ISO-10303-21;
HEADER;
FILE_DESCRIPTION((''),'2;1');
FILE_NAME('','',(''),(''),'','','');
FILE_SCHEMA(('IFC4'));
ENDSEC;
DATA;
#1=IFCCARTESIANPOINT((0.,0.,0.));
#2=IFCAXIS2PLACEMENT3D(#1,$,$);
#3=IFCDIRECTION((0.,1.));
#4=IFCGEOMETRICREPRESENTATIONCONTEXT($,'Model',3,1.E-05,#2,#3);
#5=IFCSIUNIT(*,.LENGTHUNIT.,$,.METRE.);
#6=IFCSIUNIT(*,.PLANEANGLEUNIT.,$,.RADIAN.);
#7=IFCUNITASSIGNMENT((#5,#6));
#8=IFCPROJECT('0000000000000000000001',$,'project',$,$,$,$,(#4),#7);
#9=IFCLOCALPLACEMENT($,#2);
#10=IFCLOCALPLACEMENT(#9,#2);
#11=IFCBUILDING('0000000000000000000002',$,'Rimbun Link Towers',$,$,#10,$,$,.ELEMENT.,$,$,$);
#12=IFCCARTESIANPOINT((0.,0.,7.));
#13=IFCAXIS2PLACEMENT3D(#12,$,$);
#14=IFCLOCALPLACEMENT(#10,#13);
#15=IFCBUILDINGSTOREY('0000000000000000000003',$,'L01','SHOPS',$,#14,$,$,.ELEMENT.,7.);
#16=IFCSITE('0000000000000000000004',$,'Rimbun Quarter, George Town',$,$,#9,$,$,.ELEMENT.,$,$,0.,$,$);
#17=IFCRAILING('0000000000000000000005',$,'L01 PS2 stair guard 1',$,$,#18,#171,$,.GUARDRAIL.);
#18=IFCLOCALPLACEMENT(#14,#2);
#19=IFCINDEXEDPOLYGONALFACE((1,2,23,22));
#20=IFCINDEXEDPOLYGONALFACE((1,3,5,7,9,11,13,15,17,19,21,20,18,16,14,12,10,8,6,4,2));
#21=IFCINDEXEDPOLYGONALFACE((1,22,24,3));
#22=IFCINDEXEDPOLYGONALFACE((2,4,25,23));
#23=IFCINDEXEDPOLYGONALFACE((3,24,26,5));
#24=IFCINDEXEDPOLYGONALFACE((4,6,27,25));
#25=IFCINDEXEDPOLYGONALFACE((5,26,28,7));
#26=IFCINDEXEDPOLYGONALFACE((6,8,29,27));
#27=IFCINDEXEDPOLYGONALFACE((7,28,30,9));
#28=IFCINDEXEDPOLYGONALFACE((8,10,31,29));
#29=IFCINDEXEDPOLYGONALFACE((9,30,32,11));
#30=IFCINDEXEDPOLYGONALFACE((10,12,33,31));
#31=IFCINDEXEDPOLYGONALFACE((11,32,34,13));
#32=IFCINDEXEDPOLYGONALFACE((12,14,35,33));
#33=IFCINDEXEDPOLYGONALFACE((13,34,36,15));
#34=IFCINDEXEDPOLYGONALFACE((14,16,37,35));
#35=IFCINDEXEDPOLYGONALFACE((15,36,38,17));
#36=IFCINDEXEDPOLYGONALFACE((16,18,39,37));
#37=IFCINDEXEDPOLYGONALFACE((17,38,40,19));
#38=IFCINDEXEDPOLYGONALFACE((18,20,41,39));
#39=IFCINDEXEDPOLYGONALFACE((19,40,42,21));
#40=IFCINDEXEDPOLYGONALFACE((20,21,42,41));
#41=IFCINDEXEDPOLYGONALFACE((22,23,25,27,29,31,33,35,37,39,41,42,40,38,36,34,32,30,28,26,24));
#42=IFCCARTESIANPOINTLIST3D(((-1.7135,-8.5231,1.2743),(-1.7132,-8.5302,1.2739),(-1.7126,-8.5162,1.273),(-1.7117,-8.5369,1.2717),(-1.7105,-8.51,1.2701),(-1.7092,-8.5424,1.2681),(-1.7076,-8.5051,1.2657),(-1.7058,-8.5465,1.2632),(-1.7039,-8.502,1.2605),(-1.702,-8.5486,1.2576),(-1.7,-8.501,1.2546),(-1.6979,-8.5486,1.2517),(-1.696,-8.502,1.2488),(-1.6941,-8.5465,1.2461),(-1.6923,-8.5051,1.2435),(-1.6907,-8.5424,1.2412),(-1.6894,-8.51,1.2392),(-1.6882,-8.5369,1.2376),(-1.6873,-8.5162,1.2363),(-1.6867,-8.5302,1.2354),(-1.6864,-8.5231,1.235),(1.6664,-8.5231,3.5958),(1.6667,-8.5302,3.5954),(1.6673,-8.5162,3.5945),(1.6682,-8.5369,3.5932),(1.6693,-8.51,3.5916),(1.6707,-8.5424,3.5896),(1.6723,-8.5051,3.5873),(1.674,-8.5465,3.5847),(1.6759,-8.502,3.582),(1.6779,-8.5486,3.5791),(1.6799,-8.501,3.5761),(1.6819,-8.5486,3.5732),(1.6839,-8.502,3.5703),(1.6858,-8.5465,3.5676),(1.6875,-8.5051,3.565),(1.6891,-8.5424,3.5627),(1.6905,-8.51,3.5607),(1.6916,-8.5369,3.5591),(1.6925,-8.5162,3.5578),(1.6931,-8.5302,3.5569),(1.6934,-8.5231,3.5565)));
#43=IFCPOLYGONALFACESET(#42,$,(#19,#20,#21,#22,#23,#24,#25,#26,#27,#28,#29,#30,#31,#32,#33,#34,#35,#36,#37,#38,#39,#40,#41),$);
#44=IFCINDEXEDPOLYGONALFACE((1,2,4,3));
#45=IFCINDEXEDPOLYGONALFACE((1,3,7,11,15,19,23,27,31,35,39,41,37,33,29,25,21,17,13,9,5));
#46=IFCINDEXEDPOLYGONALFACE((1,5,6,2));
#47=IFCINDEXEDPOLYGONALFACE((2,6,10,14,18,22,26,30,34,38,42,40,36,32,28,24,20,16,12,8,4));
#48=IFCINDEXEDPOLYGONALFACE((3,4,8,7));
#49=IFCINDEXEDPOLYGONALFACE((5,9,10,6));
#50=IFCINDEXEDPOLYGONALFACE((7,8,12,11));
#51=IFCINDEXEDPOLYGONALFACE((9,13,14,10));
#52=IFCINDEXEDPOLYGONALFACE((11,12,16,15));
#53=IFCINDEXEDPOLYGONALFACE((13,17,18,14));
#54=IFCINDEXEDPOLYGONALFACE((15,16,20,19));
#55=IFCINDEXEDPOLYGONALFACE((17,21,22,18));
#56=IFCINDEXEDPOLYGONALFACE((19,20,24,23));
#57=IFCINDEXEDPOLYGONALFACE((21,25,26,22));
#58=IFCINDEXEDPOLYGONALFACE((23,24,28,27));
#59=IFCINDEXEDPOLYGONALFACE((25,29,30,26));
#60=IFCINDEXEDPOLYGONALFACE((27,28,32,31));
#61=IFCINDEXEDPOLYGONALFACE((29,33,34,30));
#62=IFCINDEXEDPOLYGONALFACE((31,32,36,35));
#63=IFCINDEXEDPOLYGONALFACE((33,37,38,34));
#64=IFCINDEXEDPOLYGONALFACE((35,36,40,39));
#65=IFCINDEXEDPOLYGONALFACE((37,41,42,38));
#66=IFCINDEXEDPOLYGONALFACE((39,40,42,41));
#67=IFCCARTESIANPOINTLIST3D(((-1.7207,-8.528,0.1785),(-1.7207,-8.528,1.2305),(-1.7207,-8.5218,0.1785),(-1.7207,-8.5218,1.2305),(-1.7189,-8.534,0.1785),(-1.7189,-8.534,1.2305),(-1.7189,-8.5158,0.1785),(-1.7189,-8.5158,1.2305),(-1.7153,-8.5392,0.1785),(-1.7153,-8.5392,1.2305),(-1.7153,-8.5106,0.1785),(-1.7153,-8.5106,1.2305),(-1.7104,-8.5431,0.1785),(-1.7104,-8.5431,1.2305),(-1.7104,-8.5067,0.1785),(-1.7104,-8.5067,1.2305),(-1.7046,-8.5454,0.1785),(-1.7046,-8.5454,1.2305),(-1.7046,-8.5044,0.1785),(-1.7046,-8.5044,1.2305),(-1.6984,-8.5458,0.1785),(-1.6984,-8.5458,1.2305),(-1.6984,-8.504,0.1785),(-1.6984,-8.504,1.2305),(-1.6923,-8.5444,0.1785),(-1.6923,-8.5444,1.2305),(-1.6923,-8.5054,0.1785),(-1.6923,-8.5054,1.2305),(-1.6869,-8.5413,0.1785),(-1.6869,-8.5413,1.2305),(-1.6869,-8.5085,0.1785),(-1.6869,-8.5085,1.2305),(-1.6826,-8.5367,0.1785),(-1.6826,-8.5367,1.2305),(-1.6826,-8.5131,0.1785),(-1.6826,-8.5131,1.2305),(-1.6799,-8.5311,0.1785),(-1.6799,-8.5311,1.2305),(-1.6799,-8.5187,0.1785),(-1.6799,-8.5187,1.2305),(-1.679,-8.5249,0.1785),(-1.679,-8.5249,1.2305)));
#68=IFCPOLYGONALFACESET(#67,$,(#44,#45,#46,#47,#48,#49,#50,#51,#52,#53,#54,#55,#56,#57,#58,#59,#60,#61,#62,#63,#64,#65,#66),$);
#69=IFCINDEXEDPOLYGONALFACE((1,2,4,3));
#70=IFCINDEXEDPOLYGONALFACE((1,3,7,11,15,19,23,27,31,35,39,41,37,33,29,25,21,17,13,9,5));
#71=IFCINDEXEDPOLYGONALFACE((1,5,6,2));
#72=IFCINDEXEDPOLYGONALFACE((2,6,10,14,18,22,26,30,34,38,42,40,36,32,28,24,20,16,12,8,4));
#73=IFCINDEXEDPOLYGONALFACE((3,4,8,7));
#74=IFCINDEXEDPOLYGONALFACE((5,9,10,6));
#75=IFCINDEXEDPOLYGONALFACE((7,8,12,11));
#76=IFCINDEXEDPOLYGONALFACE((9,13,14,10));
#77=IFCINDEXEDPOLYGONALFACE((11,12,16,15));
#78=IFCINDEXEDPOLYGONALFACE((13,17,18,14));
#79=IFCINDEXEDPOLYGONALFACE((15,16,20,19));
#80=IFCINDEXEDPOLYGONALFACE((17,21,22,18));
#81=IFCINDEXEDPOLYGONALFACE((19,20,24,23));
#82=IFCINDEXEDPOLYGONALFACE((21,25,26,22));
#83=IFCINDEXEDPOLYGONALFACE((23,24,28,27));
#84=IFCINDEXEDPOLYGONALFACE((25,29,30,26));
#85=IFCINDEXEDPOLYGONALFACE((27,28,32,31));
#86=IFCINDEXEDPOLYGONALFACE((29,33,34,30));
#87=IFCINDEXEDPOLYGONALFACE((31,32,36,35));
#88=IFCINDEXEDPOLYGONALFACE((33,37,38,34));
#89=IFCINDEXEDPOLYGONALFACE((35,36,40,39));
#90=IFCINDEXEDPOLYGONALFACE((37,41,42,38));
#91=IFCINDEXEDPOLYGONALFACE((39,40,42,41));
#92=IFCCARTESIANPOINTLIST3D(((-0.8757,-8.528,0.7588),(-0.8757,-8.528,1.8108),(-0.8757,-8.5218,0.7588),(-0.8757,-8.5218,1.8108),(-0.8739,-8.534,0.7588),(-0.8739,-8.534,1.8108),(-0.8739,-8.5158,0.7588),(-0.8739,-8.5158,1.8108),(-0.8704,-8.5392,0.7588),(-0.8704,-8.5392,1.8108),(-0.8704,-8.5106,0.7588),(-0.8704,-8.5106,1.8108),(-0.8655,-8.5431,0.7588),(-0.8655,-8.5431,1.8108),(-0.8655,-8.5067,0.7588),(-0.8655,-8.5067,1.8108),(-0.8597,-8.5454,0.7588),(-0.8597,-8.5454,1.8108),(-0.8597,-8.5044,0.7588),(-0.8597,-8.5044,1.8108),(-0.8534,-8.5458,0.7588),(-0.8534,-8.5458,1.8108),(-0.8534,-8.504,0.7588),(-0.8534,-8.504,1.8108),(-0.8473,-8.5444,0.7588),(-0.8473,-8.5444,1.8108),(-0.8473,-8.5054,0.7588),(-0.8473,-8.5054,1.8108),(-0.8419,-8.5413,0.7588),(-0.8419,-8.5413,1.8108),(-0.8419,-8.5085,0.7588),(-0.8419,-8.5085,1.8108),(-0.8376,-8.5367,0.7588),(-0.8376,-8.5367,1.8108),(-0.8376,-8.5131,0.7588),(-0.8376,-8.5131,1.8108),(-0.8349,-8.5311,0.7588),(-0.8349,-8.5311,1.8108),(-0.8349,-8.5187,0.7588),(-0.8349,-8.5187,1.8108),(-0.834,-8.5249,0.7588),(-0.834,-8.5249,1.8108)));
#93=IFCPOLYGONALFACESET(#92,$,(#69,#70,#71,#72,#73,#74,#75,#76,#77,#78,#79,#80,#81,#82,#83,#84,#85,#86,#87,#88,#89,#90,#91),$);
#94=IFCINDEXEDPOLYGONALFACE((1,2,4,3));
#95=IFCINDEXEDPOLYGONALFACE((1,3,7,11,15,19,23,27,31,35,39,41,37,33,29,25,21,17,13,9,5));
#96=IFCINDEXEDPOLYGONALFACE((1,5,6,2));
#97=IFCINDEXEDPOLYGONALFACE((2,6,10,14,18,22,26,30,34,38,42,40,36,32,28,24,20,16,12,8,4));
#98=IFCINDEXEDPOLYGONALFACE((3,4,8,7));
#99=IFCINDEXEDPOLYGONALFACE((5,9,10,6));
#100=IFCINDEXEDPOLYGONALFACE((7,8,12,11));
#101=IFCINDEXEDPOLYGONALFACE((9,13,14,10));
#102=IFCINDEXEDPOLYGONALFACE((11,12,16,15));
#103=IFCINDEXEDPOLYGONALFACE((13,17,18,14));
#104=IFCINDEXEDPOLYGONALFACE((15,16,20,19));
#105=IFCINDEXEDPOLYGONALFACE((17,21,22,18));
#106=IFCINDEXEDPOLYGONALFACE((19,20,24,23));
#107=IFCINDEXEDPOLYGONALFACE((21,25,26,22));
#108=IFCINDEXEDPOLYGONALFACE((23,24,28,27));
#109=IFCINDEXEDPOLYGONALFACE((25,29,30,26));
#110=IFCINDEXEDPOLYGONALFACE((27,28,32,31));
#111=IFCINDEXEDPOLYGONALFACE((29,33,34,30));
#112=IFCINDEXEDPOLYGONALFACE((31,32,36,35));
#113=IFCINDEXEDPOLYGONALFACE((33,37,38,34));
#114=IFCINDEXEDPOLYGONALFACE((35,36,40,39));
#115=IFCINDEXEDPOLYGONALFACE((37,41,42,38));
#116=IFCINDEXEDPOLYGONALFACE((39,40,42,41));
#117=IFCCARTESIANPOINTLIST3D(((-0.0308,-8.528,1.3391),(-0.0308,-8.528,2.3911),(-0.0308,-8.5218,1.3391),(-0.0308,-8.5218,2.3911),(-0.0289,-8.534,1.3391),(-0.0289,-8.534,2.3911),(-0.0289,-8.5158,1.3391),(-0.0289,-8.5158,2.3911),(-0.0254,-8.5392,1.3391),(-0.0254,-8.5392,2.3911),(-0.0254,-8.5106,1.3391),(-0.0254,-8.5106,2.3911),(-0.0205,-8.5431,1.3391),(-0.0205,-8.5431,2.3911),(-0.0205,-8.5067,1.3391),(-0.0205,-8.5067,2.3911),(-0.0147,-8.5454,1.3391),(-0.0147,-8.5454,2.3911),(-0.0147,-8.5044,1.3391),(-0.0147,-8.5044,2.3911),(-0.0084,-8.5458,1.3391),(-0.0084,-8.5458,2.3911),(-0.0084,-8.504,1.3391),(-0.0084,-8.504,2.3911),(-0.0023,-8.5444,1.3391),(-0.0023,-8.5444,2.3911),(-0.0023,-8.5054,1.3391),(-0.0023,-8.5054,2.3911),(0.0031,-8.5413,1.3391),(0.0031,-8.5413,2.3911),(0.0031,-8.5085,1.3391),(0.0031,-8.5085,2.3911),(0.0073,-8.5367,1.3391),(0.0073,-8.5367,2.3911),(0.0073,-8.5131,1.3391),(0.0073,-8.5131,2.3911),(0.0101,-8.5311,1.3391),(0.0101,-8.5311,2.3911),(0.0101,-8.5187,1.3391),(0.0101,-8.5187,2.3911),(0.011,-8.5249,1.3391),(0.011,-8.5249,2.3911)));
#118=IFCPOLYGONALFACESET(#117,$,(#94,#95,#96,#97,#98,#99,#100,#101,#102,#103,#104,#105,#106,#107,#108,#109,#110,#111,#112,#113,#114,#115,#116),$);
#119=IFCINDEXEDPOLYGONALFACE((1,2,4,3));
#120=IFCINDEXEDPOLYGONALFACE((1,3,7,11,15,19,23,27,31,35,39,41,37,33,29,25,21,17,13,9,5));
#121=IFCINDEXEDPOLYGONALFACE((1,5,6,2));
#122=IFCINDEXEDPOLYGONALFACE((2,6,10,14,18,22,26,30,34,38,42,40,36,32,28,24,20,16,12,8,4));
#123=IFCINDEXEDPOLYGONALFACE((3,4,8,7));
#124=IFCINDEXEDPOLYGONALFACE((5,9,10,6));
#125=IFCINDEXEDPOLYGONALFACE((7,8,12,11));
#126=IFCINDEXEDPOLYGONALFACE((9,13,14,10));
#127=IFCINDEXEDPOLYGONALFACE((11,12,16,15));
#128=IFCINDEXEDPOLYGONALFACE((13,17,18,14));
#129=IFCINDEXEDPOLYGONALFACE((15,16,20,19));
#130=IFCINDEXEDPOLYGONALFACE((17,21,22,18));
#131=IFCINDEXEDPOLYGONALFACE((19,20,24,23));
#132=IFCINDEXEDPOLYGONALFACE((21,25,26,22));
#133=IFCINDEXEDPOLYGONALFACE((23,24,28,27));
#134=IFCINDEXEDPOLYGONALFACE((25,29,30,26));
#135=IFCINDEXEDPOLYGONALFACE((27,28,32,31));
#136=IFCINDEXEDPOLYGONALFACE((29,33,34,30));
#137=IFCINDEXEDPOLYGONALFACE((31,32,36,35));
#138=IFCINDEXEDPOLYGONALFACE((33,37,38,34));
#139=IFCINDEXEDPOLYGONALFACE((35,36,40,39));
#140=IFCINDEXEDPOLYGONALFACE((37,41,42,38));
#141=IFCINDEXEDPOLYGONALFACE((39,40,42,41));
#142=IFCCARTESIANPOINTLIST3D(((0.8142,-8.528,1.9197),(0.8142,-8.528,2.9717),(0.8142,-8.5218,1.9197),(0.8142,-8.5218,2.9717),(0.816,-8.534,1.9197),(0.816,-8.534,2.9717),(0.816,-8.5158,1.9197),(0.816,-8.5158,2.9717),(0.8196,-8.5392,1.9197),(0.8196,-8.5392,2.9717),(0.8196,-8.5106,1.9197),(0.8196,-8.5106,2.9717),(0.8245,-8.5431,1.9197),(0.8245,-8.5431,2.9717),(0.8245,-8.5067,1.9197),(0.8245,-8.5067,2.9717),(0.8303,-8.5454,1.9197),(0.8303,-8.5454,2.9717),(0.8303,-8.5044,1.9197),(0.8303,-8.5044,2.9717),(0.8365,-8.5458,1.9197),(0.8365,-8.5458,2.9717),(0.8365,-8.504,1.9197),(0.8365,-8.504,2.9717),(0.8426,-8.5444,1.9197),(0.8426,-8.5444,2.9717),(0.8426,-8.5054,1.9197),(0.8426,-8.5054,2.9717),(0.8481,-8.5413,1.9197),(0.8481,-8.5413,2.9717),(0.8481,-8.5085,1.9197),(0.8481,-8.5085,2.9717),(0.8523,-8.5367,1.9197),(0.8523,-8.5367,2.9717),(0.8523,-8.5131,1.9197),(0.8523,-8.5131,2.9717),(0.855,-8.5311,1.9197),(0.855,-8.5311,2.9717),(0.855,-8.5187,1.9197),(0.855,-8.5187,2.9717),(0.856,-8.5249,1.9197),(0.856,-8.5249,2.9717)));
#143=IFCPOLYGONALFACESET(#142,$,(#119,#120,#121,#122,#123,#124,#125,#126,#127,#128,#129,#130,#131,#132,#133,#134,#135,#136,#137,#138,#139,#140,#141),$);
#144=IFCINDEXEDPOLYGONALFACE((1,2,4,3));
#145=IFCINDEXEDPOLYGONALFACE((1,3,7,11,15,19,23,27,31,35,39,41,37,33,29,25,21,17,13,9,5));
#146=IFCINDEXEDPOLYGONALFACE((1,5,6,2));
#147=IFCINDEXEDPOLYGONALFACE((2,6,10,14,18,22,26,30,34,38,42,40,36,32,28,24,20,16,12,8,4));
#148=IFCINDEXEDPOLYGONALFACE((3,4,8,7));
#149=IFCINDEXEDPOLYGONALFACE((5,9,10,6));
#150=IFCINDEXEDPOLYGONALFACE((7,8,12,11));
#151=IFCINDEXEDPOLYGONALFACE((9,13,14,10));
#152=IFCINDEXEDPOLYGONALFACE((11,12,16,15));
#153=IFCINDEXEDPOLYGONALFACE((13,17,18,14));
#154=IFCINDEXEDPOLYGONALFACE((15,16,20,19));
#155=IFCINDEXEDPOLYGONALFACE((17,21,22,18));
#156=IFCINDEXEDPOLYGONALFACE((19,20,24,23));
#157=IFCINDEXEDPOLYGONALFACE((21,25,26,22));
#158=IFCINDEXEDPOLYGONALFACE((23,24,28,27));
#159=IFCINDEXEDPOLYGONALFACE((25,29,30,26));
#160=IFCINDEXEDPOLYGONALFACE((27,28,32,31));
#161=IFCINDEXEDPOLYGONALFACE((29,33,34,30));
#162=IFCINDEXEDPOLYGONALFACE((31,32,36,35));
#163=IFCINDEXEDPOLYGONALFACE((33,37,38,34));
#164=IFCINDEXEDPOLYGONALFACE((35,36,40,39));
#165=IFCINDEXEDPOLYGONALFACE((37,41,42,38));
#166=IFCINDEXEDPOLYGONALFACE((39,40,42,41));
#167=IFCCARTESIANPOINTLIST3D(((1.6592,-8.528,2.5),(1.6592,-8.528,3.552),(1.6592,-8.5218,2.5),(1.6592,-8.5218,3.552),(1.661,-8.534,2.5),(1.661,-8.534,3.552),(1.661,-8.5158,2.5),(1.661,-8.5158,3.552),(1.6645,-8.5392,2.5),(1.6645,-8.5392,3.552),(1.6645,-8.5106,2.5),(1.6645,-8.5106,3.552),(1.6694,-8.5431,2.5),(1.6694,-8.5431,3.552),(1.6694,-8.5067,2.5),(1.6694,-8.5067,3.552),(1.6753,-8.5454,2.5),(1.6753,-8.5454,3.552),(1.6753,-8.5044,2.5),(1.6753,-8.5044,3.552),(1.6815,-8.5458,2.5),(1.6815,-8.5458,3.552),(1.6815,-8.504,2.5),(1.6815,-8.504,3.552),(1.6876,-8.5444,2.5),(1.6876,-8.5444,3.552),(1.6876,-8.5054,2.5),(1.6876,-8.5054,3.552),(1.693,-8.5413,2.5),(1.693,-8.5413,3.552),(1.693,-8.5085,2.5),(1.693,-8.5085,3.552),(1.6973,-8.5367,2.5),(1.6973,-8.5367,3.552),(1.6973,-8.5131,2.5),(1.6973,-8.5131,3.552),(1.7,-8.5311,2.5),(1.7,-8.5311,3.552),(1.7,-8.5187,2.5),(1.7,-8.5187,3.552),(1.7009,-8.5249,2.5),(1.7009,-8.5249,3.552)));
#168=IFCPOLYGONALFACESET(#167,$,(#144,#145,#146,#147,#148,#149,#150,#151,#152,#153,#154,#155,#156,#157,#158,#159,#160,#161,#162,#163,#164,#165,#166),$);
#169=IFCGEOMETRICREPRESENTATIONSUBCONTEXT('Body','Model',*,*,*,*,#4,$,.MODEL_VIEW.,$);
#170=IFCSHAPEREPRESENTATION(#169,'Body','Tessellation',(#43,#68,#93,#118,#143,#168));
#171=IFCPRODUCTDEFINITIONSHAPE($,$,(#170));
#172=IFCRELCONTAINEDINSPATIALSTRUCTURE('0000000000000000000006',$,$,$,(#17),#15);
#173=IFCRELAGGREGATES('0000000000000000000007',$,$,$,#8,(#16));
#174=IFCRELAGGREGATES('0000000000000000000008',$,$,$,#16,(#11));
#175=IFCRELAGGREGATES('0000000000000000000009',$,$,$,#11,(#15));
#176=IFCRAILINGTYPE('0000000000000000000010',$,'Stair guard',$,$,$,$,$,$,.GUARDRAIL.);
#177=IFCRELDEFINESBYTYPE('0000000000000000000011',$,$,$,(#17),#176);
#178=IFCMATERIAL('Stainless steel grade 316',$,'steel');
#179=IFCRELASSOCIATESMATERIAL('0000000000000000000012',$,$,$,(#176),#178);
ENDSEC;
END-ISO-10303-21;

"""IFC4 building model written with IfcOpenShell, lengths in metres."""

from ifc_helpers import new_model, si_unit, direction, frame, origin, origin_2d, place, context, subcontext, project, spatial, circle, extrude, material, type_object, element, save


model = new_model("IFC4")

# Units and contexts
model_context = context("Model", 3, precision=1e-05, world=origin(), true_north=direction((0.0, 1.0)))
body_context = subcontext(model_context, "Body", "Model", "MODEL_VIEW")
ifc_project = project(units=[si_unit("LENGTHUNIT", "METRE"), si_unit("PLANEANGLEUNIT", "RADIAN")], contexts=[model_context])

# Site, building, storey
site_placement = place(None, origin())
site = spatial("IfcSite", under=ifc_project, at=site_placement, Name="Rimbun Quarter, George Town", CompositionType="ELEMENT", RefElevation=0.0)
building_placement = place(site_placement, origin())
building = spatial("IfcBuilding", under=site, at=building_placement, Name="Rimbun Link Towers", CompositionType="ELEMENT")
storey_placement = place(building_placement, frame((0.0, 0.0, 7.0)))
storey = spatial("IfcBuildingStorey", under=building, at=storey_placement, Name="L01", Description="SHOPS", CompositionType="ELEMENT", Elevation=7.0)

# Railing
ifc_material_1 = material(Name="Stainless steel grade 316", Category="steel")
railing_type_1 = type_object("IfcRailingType", Name="Stair guard", PredefinedType="GUARDRAIL", material=ifc_material_1)
railing_1_placement = place(storey_placement, frame((-1.7, -8.5249, 0.1785)))
element("IfcRailing", 1, at=railing_1_placement, inside=storey, type_object=railing_type_1, Name="L01 PS2 stair guard 1", PredefinedType="GUARDRAIL", context=body_context, shape_type="SweptSolid", body=[
    extrude(circle(Radius=0.0239, at=origin_2d()), frame((0.0, 0.0, 1.0762), z_axis=(0.824285, 0.0, 0.566175), x_axis=(0.0, 1.0, 0.0)), (0.0, 0.0, 1.0), 4.1003),
    extrude(circle(Radius=0.021, at=origin_2d()), origin(), (0.0, 0.0, 1.0), 1.052),
    extrude(circle(Radius=0.021, at=origin_2d()), frame((0.845, 0.0, 0.5803)), (0.0, 0.0, 1.0), 1.052),
    extrude(circle(Radius=0.021, at=origin_2d()), frame((1.6899, 0.0, 1.1606)), (0.0, 0.0, 1.0), 1.052),
    extrude(circle(Radius=0.021, at=origin_2d()), frame((2.5349, 0.0, 1.7412)), (0.0, 0.0, 1.0), 1.052),
    extrude(circle(Radius=0.021, at=origin_2d()), frame((3.3799, 0.0, 2.3215)), (0.0, 0.0, 1.0), 1.052),
])

save(model, "model.ifc")
